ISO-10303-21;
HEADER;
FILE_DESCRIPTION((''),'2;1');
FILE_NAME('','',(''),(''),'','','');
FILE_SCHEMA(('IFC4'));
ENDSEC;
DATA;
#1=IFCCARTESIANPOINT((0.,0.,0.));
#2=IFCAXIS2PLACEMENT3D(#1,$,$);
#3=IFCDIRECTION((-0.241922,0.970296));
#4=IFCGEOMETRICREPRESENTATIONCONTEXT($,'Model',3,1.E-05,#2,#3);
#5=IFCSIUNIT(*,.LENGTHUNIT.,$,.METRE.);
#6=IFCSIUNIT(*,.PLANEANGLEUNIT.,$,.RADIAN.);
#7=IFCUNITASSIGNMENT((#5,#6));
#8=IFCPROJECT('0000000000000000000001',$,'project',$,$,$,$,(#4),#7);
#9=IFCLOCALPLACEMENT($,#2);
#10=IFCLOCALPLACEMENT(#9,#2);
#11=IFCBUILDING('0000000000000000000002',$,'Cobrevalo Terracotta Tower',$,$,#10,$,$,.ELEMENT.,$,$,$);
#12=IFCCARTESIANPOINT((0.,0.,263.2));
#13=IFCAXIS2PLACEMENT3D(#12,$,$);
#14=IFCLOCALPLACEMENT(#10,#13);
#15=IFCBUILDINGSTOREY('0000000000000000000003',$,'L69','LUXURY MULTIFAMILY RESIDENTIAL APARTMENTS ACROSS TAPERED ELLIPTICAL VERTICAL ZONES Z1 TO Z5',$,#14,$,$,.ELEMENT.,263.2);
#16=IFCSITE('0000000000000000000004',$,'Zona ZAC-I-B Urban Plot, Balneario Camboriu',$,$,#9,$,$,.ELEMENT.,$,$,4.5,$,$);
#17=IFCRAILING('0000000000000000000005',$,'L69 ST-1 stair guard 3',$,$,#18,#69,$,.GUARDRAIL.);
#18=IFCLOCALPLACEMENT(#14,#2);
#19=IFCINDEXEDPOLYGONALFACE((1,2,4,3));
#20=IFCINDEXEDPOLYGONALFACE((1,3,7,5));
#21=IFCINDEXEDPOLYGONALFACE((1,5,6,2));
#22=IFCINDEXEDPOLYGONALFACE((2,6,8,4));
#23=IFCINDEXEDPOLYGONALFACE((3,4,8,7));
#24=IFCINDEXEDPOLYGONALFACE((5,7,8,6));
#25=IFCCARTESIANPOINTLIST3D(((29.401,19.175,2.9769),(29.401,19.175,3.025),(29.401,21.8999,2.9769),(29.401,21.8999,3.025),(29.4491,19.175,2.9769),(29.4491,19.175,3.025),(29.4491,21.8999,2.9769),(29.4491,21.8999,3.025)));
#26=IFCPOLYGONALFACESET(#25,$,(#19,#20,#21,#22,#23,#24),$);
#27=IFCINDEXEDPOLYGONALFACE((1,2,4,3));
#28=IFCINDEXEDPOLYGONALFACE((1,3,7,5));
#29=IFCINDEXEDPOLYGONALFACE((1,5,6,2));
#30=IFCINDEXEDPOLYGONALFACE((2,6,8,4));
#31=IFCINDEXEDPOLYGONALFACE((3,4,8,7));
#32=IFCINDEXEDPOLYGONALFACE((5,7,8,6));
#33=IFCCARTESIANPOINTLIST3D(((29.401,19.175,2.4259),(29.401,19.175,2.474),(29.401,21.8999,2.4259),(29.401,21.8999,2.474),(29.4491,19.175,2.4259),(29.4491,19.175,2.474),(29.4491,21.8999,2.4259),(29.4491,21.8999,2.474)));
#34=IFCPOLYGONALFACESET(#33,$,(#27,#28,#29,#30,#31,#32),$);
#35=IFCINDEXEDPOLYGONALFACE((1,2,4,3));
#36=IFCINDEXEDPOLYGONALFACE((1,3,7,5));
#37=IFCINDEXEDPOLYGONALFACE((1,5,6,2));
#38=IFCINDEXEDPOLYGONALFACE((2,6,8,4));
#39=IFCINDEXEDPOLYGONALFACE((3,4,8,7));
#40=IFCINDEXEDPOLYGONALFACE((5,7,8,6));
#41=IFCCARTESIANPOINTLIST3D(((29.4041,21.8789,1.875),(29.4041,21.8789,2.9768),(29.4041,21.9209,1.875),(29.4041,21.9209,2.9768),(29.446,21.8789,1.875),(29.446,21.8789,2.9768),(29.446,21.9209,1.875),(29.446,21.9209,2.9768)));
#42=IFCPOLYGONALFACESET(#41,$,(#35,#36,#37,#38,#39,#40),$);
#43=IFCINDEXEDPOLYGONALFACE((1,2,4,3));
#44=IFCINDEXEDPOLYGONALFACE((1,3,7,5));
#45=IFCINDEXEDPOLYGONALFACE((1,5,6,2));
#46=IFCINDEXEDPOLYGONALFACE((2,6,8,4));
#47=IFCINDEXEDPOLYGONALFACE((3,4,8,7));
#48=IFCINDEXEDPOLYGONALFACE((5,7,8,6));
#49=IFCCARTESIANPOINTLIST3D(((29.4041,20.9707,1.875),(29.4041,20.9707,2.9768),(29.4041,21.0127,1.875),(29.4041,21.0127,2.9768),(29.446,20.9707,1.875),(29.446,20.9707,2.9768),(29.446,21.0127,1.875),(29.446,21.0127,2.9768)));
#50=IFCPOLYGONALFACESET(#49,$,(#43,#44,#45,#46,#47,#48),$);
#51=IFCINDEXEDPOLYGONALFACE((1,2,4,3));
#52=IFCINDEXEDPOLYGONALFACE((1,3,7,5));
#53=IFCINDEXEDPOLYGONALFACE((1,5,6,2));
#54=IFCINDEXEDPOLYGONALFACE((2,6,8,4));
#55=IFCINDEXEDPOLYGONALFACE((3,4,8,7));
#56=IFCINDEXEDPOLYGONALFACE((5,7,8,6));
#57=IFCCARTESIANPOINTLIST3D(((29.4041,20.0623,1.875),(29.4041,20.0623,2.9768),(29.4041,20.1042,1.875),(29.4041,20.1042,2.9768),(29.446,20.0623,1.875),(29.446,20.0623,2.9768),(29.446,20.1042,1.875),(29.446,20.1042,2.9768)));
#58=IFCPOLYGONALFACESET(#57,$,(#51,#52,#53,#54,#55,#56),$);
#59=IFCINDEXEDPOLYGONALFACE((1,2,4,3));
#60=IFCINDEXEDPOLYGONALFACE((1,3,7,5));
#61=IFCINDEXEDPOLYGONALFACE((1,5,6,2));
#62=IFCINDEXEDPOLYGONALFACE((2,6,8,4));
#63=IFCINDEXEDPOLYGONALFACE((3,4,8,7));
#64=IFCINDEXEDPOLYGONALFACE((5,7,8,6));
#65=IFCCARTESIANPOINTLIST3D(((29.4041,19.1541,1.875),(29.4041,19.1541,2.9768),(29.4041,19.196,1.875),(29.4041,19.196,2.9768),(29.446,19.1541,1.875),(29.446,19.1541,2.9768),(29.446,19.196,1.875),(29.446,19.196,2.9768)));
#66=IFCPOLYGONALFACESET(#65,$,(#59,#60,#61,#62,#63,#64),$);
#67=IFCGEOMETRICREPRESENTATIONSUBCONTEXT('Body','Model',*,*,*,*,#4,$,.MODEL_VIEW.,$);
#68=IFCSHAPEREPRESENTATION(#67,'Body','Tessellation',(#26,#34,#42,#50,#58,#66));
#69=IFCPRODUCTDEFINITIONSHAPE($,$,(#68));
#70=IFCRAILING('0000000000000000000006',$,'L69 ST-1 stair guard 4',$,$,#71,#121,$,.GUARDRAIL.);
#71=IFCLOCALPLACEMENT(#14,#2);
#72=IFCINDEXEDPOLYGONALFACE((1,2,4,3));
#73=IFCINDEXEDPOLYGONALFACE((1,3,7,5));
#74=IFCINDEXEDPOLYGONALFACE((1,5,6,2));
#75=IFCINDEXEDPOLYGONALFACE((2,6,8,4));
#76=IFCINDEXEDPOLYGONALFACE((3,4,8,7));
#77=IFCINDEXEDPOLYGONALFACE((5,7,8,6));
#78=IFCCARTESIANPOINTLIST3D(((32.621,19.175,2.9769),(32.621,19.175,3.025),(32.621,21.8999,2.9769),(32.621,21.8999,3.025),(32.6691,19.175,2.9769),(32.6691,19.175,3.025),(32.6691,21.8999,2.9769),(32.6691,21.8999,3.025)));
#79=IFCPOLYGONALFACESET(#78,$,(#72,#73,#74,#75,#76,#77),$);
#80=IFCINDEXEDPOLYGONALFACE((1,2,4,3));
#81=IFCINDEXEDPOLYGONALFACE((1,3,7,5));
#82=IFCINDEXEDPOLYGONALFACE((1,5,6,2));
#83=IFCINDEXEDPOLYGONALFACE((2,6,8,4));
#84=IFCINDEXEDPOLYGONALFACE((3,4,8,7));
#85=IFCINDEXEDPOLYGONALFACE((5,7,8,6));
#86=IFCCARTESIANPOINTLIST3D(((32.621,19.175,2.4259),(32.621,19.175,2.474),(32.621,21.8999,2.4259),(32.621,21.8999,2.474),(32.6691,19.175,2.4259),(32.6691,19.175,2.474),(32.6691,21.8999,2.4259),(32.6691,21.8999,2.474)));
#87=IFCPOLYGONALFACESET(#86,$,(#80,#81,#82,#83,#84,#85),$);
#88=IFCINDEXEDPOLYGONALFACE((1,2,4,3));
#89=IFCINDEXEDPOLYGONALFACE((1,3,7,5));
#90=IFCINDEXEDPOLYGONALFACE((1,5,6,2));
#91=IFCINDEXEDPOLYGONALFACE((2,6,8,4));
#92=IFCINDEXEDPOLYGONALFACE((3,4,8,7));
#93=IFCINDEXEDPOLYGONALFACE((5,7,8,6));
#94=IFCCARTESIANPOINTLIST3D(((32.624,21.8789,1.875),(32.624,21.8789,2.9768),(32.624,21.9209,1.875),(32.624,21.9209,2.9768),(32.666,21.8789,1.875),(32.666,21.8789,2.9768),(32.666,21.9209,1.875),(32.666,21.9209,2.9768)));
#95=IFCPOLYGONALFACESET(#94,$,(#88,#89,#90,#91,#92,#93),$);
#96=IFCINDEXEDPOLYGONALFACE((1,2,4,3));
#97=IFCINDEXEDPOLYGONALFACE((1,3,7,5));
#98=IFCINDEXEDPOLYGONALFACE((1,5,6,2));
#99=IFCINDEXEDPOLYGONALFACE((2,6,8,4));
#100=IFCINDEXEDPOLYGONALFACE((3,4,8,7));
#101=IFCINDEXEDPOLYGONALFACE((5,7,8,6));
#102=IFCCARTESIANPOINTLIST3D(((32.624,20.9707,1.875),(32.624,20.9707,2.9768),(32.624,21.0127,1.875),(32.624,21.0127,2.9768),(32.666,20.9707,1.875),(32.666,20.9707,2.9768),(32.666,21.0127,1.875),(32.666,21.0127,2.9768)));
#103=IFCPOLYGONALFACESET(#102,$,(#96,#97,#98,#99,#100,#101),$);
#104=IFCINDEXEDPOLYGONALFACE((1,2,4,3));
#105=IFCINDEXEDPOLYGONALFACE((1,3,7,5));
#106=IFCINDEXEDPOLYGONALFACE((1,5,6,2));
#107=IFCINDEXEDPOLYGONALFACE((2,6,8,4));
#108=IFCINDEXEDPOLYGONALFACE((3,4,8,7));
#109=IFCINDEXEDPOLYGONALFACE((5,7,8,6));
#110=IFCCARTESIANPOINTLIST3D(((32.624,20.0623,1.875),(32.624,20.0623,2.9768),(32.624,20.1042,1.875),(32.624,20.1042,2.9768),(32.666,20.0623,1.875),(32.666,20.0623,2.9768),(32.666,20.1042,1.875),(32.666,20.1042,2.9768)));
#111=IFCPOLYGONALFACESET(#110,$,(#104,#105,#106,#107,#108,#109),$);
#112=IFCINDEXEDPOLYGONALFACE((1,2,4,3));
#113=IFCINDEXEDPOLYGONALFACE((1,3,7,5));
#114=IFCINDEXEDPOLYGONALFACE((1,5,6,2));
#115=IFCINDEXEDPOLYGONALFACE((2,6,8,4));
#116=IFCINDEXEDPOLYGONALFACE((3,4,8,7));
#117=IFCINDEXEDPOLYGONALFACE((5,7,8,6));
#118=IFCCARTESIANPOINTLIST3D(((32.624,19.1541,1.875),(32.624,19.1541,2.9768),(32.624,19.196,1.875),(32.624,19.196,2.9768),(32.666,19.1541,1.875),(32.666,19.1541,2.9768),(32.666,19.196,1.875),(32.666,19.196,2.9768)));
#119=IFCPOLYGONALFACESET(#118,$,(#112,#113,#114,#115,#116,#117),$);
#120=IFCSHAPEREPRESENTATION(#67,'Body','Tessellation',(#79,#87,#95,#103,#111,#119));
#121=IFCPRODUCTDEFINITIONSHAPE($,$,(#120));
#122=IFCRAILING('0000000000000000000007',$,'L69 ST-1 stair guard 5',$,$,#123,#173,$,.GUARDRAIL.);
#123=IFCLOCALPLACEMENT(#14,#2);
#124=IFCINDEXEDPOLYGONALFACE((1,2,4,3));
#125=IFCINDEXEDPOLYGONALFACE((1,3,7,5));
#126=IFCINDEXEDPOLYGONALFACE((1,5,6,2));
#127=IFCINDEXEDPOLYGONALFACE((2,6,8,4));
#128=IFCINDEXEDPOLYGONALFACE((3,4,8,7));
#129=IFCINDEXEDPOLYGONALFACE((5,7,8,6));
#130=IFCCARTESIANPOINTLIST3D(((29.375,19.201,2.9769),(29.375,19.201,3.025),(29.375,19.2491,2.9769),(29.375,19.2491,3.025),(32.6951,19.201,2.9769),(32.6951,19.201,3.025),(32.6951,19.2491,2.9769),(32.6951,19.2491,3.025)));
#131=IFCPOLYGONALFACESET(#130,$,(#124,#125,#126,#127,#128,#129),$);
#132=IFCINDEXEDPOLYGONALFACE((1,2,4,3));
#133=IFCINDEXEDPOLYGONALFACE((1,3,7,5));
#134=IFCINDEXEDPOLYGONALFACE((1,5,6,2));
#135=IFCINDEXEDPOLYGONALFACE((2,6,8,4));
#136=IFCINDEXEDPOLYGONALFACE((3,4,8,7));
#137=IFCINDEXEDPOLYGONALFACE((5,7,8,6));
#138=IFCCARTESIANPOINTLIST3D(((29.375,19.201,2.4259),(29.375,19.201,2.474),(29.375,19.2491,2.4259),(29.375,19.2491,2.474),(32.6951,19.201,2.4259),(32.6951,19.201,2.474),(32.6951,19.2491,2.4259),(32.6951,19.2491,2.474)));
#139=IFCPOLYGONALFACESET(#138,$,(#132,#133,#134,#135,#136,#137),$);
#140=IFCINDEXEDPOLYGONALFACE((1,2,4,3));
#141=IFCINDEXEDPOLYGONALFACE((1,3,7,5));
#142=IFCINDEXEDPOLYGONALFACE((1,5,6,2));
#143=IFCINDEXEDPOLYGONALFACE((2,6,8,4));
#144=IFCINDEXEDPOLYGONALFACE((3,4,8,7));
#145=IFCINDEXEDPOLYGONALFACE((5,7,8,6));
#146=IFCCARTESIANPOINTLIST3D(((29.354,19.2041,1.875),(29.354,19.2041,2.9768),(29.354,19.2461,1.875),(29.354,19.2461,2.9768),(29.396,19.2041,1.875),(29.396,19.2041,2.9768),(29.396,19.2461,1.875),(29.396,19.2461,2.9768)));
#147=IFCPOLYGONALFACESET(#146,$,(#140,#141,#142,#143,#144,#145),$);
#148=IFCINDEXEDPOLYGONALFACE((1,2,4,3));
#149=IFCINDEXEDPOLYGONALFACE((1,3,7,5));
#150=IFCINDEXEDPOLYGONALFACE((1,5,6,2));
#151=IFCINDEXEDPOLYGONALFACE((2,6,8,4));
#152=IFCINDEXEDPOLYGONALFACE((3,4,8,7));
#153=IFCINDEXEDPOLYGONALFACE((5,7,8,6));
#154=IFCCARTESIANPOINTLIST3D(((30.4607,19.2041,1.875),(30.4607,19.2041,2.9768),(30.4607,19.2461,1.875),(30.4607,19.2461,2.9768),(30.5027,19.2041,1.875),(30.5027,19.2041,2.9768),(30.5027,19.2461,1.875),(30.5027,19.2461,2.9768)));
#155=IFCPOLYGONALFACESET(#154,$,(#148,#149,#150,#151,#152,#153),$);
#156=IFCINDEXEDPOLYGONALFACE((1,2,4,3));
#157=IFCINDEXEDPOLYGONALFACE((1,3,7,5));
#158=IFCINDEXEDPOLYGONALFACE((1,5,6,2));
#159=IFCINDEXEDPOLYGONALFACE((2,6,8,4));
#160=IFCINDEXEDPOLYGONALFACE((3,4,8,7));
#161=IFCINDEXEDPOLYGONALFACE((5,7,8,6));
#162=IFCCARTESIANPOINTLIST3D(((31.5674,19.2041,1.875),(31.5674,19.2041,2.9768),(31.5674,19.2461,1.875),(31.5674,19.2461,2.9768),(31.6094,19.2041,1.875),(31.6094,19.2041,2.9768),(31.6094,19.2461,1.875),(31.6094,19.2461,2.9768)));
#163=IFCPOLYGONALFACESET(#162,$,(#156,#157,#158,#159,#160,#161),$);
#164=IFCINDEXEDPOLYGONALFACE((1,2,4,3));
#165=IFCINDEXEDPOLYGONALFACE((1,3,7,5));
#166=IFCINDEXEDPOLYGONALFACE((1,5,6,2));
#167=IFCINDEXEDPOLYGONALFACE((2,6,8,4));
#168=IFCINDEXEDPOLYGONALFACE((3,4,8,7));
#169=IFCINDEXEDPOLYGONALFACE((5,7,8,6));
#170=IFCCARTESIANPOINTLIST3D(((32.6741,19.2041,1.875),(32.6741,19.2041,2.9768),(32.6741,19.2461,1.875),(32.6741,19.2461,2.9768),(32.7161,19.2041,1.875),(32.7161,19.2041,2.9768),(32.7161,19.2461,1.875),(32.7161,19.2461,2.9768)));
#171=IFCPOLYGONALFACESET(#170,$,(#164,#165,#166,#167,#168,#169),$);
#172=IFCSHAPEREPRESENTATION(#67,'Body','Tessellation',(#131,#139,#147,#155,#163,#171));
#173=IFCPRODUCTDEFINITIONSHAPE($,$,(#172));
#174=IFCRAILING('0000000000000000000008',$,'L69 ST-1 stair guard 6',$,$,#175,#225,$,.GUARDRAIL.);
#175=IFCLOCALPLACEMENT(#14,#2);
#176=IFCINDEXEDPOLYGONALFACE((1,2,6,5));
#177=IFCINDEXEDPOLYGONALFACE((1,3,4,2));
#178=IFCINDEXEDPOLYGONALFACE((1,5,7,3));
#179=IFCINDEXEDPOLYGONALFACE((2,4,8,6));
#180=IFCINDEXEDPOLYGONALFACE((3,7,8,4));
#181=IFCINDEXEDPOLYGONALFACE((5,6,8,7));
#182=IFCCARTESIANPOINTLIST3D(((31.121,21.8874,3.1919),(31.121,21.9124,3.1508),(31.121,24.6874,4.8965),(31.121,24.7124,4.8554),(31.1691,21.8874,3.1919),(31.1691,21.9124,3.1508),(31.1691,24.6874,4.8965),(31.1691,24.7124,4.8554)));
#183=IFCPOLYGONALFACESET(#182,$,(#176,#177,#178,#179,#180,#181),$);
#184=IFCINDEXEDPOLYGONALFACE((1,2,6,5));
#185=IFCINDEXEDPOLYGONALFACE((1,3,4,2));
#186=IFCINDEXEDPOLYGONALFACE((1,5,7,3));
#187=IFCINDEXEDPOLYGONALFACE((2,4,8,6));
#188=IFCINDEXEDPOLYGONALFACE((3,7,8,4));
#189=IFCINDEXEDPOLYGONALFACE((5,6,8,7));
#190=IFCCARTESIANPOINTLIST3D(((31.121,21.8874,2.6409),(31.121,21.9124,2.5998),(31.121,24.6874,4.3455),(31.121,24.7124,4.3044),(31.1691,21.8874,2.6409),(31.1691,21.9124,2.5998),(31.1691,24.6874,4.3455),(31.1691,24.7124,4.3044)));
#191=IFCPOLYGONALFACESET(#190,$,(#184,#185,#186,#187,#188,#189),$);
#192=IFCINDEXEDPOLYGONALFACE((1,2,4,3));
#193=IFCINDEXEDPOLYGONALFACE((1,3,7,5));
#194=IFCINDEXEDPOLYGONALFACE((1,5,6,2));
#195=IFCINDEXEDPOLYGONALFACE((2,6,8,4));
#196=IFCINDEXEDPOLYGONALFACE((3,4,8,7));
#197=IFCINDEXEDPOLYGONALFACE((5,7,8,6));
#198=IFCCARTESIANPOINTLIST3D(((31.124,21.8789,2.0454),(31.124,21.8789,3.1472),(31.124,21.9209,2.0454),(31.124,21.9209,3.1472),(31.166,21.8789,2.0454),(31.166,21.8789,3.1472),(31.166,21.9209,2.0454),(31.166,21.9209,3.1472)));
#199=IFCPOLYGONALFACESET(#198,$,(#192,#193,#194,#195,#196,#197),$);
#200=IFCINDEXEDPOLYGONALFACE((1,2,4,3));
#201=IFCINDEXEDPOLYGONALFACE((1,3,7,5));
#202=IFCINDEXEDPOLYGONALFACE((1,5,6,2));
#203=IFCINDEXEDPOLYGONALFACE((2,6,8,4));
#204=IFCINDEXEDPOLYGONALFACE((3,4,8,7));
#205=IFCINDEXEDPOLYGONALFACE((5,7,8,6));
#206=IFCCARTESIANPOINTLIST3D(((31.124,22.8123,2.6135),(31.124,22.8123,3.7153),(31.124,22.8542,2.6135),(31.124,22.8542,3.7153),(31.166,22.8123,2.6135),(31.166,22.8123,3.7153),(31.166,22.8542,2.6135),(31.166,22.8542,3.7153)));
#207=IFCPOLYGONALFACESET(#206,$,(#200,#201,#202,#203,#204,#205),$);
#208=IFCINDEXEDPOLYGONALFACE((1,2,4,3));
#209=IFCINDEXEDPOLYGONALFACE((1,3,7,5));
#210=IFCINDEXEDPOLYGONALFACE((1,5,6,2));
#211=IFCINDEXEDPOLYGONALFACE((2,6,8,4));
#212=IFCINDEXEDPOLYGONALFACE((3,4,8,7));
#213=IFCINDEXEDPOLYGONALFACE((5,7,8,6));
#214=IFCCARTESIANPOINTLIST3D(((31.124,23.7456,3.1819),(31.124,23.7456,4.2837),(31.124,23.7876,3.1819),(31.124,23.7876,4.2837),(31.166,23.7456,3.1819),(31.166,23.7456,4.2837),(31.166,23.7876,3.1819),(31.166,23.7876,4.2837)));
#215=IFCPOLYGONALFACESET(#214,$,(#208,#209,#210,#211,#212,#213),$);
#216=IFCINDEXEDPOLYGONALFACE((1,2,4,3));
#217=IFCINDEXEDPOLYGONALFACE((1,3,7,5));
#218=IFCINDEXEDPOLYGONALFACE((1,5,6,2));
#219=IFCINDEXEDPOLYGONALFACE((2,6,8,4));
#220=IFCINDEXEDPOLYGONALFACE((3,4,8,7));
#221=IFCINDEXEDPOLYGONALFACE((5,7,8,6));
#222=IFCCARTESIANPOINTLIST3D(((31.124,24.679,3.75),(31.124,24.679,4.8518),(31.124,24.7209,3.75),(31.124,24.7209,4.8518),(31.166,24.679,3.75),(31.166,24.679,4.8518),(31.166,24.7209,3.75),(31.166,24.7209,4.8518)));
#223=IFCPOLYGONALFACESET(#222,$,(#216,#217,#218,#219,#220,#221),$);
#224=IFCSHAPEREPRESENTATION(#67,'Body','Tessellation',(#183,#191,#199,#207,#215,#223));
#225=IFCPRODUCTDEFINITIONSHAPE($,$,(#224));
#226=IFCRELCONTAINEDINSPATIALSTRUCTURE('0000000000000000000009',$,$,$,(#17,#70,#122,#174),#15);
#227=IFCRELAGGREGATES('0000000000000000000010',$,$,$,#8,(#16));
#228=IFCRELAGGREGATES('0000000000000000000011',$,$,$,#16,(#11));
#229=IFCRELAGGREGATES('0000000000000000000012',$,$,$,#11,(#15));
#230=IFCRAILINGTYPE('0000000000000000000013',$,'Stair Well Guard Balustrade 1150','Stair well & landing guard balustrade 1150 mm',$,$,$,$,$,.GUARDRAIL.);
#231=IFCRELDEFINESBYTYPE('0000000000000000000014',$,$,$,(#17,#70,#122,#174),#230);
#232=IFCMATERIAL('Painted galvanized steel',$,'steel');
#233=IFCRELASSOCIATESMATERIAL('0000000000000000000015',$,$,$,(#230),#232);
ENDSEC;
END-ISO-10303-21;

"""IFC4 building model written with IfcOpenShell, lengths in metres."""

from ifc_helpers import new_model, si_unit, direction, frame, origin, origin_2d, place, context, subcontext, project, spatial, rectangle, extrude, material, type_object, element, save


model = new_model("IFC4")

# Units and contexts
model_context = context("Model", 3, precision=1e-05, world=origin(), true_north=direction((-0.241922, 0.970296)))
body_context = subcontext(model_context, "Body", "Model", "MODEL_VIEW")
ifc_project = project(units=[si_unit("LENGTHUNIT", "METRE"), si_unit("PLANEANGLEUNIT", "RADIAN")], contexts=[model_context])

# Site, building, storey
site_placement = place(None, origin())
site = spatial("IfcSite", under=ifc_project, at=site_placement, Name="Zona ZAC-I-B Urban Plot, Balneario Camboriu", CompositionType="ELEMENT", RefElevation=4.5)
building_placement = place(site_placement, origin())
building = spatial("IfcBuilding", under=site, at=building_placement, Name="Cobrevalo Terracotta Tower", CompositionType="ELEMENT")
storey_placement = place(building_placement, frame((0.0, 0.0, 263.2)))
storey = spatial("IfcBuildingStorey", under=building, at=storey_placement, Name="L69", Description="LUXURY MULTIFAMILY RESIDENTIAL APARTMENTS ACROSS TAPERED ELLIPTICAL VERTICAL ZONES Z1 TO Z5", CompositionType="ELEMENT", Elevation=263.2)

# Railings
ifc_material_1 = material(Name="Painted galvanized steel", Category="steel")
railing_type_1 = type_object("IfcRailingType", Name="Stair Well Guard Balustrade 1150", Description="Stair well & landing guard balustrade 1150 mm", PredefinedType="GUARDRAIL", material=ifc_material_1)
for number, where, name in (
    (1, (29.425, 21.8999, 1.875), "L69 ST-1 stair guard 3"),
    (2, (32.645, 21.8999, 1.875), "L69 ST-1 stair guard 4"),
):
    element("IfcRailing", number, at=place(storey_placement, frame(where)), inside=storey, type_object=railing_type_1, Name=name, PredefinedType="GUARDRAIL", context=body_context, shape_type="SweptSolid", body=[
        extrude(rectangle(XDim=0.0481, YDim=0.0481, at=origin_2d()), frame((0.0, 0.0, 1.126), z_axis=(0.0, -1.0, 0.0), x_axis=(1.0, 0.0, 0.0)), (0.0, 0.0, 1.0), 2.7249),
        extrude(rectangle(XDim=0.0481, YDim=0.0481, at=origin_2d()), frame((0.0, 0.0, 0.575), z_axis=(0.0, -1.0, 0.0), x_axis=(1.0, 0.0, 0.0)), (0.0, 0.0, 1.0), 2.7249),
        extrude(rectangle(XDim=0.042, YDim=0.042, at=origin_2d()), origin(), (0.0, 0.0, 1.0), 1.1018),
        extrude(rectangle(XDim=0.042, YDim=0.042, at=origin_2d()), frame((0.0, -0.9082, 0.0)), (0.0, 0.0, 1.0), 1.1018),
        extrude(rectangle(XDim=0.042, YDim=0.042, at=origin_2d()), frame((0.0, -1.8167, 0.0)), (0.0, 0.0, 1.0), 1.1018),
        extrude(rectangle(XDim=0.042, YDim=0.042, at=origin_2d()), frame((0.0, -2.7249, 0.0)), (0.0, 0.0, 1.0), 1.1018),
    ])
railing_1_placement = place(storey_placement, frame((29.375, 19.2251, 1.875)))
element("IfcRailing", 3, at=railing_1_placement, inside=storey, type_object=railing_type_1, Name="L69 ST-1 stair guard 5", PredefinedType="GUARDRAIL", context=body_context, shape_type="SweptSolid", body=[
    extrude(rectangle(XDim=0.0481, YDim=0.0481, at=origin_2d()), frame((0.0, 0.0, 1.126), z_axis=(1.0, 0.0, 0.0), x_axis=(0.0, 1.0, 0.0)), (0.0, 0.0, 1.0), 3.3201),
    extrude(rectangle(XDim=0.0481, YDim=0.0481, at=origin_2d()), frame((0.0, 0.0, 0.575), z_axis=(1.0, 0.0, 0.0), x_axis=(0.0, 1.0, 0.0)), (0.0, 0.0, 1.0), 3.3201),
    extrude(rectangle(XDim=0.042, YDim=0.042, at=origin_2d()), origin(), (0.0, 0.0, 1.0), 1.1018),
    extrude(rectangle(XDim=0.042, YDim=0.042, at=origin_2d()), frame((1.1067, 0.0, 0.0)), (0.0, 0.0, 1.0), 1.1018),
    extrude(rectangle(XDim=0.042, YDim=0.042, at=origin_2d()), frame((2.2134, 0.0, 0.0)), (0.0, 0.0, 1.0), 1.1018),
    extrude(rectangle(XDim=0.042, YDim=0.042, at=origin_2d()), frame((3.3201, 0.0, 0.0)), (0.0, 0.0, 1.0), 1.1018),
])
railing_2_placement = place(storey_placement, frame((31.145, 21.8999, 2.0454)))
element("IfcRailing", 4, at=railing_2_placement, inside=storey, type_object=railing_type_1, Name="L69 ST-1 stair guard 6", PredefinedType="GUARDRAIL", context=body_context, shape_type="SweptSolid", body=[
    extrude(rectangle(XDim=0.0481, YDim=0.0481, at=origin_2d()), frame((0.0, 0.0, 1.126), z_axis=(0.0, 0.85417, 0.519994), x_axis=(-1.0, 0.0, 0.0)), (0.0, 0.0, 1.0), 3.2781),
    extrude(rectangle(XDim=0.0481, YDim=0.0481, at=origin_2d()), frame((0.0, 0.0, 0.575), z_axis=(0.0, 0.85417, 0.519994), x_axis=(-1.0, 0.0, 0.0)), (0.0, 0.0, 1.0), 3.2781),
    extrude(rectangle(XDim=0.042, YDim=0.042, at=origin_2d()), origin(), (0.0, 0.0, 1.0), 1.1018),
    extrude(rectangle(XDim=0.042, YDim=0.042, at=origin_2d()), frame((0.0, 0.9333, 0.5681)), (0.0, 0.0, 1.0), 1.1018),
    extrude(rectangle(XDim=0.042, YDim=0.042, at=origin_2d()), frame((0.0, 1.8667, 1.1365)), (0.0, 0.0, 1.0), 1.1018),
    extrude(rectangle(XDim=0.042, YDim=0.042, at=origin_2d()), frame((0.0, 2.8, 1.7046)), (0.0, 0.0, 1.0), 1.1018),
])

save(model, "model.ifc")
